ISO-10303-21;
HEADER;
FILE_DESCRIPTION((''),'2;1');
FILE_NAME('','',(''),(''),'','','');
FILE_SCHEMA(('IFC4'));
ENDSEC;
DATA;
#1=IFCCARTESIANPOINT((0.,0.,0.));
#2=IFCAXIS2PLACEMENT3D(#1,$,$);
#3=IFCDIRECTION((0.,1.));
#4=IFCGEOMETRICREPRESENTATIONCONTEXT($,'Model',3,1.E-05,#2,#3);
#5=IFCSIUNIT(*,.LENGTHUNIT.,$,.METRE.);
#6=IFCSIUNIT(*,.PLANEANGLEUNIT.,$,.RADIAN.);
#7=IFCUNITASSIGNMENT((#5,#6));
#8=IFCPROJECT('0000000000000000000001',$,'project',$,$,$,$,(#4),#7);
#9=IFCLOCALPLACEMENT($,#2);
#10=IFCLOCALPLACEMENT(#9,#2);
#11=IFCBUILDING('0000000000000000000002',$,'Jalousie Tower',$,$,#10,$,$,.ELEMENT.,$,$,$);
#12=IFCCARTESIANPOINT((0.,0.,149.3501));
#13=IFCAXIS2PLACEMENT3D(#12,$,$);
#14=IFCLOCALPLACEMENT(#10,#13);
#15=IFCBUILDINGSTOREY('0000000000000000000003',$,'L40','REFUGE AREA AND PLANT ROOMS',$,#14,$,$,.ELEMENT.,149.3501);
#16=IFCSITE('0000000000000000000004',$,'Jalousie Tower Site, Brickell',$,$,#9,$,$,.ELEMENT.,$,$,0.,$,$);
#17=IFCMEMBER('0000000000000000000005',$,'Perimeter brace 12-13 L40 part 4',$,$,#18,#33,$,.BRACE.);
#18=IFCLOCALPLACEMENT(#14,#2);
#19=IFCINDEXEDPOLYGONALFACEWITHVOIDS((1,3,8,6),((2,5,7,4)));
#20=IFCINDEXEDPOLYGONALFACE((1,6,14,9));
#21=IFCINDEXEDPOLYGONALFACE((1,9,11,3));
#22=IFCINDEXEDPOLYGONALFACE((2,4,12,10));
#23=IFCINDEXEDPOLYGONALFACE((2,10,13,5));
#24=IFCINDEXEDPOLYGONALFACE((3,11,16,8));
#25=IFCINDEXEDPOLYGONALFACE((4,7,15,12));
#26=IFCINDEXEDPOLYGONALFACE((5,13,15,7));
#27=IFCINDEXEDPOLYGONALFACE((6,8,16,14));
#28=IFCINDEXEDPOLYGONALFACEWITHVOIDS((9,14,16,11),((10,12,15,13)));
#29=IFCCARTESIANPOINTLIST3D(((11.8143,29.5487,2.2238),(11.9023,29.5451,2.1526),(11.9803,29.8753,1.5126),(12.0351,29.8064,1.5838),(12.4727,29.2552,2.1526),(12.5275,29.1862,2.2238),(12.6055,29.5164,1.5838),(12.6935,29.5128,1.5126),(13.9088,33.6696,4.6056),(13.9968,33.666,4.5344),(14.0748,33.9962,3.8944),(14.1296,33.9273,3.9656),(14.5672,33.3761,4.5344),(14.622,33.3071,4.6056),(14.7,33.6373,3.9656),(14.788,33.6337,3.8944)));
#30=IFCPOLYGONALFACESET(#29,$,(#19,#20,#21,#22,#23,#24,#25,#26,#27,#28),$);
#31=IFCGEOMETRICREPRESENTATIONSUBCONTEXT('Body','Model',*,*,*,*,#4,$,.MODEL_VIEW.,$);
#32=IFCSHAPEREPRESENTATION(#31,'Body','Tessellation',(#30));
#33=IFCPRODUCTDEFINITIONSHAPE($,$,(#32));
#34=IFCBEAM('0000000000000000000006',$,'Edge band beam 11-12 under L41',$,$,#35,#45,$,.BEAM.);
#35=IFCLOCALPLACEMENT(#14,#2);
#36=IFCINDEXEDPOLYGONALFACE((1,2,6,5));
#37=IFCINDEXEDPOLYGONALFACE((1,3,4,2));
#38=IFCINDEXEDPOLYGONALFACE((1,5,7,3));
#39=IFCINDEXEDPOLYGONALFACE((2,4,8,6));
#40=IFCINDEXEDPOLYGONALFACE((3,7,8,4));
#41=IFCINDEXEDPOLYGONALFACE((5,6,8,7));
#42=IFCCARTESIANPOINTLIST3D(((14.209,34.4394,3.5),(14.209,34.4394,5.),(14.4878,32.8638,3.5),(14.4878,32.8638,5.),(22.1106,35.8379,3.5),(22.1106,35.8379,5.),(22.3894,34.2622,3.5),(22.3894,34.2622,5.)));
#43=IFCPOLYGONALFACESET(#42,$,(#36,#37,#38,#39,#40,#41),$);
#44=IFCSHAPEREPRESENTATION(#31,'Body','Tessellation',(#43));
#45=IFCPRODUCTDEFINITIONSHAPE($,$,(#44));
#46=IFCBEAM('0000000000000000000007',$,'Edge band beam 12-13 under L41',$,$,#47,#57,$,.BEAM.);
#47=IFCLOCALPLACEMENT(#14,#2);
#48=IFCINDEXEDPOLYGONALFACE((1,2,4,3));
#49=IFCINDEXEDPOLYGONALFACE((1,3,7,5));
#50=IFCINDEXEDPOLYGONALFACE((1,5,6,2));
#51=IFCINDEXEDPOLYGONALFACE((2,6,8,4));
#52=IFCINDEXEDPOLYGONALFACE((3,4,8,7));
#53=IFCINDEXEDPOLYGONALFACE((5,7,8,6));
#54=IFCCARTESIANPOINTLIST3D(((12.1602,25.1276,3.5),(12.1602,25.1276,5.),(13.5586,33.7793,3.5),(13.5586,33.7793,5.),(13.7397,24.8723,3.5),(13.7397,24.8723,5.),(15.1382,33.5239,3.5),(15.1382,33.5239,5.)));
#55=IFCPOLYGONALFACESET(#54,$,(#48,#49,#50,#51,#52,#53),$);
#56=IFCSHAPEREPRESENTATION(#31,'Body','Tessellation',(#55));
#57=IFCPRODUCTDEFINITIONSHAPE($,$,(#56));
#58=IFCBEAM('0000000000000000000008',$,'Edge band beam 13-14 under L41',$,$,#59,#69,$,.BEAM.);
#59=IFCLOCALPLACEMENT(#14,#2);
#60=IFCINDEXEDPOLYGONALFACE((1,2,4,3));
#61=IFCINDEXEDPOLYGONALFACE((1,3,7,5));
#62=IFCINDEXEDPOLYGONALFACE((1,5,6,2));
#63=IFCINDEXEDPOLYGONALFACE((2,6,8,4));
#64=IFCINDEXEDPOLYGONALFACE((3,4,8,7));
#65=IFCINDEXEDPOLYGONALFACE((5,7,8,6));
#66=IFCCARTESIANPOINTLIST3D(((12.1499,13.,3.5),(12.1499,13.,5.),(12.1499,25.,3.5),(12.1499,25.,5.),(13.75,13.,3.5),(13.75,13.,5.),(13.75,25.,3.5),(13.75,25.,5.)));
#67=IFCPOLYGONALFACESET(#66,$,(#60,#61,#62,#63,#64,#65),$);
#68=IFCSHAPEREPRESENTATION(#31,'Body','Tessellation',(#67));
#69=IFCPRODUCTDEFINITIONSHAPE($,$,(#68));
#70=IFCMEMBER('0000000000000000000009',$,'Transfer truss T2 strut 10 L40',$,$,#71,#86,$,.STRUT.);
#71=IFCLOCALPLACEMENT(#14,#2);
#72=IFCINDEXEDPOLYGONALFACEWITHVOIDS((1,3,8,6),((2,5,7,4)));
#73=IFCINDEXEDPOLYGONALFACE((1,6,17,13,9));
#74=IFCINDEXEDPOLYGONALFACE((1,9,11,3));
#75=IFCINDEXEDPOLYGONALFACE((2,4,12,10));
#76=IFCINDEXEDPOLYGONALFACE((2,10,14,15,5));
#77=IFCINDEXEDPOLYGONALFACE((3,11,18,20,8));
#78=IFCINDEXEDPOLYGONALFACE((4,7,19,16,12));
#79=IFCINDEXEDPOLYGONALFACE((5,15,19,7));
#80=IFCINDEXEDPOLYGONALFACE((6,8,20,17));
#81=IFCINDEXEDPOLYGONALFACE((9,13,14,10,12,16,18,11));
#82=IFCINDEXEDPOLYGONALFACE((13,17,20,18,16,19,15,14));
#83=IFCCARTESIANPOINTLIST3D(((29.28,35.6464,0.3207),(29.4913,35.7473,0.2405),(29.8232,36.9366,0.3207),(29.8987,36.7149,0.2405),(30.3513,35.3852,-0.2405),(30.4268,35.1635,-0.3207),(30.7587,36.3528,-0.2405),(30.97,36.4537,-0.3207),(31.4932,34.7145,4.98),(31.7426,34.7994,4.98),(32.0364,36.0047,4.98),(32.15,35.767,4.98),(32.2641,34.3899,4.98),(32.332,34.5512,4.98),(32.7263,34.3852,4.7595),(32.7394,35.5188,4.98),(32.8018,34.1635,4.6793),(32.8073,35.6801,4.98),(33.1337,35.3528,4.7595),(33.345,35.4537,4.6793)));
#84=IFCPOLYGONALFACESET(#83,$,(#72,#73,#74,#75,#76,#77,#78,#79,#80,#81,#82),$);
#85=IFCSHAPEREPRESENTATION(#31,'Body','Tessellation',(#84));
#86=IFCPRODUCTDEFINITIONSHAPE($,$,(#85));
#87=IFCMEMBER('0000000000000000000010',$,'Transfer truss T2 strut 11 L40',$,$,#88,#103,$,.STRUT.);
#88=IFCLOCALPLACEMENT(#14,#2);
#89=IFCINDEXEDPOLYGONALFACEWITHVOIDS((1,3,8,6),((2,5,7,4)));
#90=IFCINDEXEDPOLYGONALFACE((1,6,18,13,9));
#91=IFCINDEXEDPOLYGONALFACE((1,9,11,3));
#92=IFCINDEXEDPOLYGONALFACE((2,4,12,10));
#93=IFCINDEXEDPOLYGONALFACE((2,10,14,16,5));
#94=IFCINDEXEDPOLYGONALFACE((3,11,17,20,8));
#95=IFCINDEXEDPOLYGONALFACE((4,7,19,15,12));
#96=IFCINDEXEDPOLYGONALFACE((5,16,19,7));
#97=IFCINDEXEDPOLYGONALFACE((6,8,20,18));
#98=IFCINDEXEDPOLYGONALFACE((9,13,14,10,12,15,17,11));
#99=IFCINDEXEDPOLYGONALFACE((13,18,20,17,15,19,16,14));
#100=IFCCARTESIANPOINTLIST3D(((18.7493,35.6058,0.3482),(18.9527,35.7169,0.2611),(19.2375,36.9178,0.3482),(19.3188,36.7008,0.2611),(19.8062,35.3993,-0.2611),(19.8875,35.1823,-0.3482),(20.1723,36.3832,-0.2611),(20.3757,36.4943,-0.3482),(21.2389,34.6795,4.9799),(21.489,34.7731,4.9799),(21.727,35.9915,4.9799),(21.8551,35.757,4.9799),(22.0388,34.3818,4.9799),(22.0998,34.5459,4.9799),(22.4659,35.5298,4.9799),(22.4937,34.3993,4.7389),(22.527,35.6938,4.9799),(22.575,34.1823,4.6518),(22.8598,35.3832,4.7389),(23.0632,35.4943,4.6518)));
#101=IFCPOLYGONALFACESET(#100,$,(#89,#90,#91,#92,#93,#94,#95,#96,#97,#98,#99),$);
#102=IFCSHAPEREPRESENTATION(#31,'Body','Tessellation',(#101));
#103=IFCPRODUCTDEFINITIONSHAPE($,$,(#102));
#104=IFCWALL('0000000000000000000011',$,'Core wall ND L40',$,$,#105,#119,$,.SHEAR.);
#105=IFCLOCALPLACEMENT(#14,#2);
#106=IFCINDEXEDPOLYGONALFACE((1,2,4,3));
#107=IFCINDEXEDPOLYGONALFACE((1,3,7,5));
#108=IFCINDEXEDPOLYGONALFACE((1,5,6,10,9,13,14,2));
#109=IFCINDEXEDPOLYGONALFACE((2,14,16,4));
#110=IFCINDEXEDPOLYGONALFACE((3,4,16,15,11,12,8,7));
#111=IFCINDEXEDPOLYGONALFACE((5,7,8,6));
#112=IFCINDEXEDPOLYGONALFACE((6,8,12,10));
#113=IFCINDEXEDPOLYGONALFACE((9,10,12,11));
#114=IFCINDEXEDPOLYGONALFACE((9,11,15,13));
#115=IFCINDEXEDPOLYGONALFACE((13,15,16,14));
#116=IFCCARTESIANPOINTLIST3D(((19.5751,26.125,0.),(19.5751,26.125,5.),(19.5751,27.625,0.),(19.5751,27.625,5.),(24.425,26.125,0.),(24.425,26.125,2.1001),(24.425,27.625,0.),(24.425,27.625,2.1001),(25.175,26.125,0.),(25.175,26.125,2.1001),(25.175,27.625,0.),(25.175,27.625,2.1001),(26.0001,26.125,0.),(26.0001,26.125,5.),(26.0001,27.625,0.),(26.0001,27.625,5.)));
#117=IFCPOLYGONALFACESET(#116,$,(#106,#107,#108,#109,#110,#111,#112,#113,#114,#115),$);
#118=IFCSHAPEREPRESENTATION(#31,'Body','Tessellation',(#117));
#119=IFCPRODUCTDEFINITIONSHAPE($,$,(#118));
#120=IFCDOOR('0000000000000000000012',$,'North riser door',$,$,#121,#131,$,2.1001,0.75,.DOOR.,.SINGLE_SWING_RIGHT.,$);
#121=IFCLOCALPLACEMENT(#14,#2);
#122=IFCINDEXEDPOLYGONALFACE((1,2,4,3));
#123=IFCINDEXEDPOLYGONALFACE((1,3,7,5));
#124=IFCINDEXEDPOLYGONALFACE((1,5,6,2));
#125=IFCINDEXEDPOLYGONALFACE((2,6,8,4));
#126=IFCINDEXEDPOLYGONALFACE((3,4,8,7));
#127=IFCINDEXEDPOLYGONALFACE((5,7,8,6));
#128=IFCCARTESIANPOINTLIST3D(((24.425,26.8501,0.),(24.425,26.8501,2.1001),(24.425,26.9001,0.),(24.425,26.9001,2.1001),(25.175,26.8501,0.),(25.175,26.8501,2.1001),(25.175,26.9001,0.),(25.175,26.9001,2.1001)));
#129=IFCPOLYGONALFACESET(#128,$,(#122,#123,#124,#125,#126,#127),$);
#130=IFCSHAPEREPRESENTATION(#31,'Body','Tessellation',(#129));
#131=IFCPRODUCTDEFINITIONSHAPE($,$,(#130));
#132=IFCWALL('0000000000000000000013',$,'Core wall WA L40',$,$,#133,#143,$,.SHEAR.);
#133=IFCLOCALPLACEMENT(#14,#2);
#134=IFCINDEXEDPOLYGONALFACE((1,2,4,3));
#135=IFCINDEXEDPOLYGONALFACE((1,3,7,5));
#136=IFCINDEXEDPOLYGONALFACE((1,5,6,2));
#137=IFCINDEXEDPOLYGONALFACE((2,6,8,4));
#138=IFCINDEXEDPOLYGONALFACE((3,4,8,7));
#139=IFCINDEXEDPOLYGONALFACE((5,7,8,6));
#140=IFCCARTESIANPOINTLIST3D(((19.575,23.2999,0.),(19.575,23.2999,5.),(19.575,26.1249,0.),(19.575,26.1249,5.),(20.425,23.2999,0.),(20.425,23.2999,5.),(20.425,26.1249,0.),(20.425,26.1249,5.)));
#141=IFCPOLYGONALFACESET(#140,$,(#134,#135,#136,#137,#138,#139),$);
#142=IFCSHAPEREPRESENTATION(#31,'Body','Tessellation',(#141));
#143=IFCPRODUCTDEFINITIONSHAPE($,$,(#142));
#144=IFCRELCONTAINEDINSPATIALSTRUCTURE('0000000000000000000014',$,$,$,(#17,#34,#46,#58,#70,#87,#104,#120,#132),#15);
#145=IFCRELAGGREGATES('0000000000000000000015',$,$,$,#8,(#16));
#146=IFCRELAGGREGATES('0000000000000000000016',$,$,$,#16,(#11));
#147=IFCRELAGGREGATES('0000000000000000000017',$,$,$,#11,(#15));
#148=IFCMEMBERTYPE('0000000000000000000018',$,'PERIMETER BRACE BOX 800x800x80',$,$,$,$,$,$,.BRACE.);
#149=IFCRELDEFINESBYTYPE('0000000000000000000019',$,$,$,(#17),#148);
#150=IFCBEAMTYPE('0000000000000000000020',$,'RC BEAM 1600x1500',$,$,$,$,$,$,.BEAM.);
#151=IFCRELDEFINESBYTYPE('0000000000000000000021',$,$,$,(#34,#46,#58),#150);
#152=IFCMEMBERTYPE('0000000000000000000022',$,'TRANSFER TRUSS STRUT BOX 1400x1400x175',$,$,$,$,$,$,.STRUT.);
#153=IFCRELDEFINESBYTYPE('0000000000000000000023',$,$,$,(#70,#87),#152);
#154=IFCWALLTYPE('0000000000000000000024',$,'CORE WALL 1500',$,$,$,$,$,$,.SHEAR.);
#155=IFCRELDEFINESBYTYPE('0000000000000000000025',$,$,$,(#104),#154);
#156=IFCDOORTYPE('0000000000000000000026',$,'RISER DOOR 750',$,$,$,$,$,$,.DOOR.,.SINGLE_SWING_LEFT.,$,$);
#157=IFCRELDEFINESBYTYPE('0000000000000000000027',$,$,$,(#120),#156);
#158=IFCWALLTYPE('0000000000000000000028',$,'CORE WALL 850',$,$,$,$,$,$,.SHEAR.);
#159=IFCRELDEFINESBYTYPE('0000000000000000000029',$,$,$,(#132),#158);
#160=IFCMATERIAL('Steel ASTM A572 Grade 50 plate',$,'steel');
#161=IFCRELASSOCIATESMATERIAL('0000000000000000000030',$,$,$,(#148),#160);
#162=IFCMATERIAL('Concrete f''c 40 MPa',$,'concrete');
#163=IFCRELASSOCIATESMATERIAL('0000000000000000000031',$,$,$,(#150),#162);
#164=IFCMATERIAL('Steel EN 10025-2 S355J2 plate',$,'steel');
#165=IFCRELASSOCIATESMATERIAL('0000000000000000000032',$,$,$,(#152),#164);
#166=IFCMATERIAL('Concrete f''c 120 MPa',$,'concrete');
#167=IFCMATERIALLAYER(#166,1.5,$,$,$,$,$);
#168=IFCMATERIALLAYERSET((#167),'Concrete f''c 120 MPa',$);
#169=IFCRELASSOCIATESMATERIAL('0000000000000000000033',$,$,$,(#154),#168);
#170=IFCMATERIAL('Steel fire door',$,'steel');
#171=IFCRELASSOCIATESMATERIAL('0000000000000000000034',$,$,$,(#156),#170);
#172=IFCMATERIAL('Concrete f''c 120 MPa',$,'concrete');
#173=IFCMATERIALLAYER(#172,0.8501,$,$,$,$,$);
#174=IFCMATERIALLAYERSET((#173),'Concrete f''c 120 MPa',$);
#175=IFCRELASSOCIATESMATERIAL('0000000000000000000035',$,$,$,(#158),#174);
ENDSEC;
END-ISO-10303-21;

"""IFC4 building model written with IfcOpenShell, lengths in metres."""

from ifc_helpers import new_model, si_unit, direction, frame, frame_2d, origin, origin_2d, place, context, subcontext, project, spatial, rectangle, hollow_rectangle, extrude, clip, halfspace, material, layer, layer_set, material_profile, profile_set, type_object, element, fill, save


model = new_model("IFC4")

# Units and contexts
model_context = context("Model", 3, precision=1e-05, world=origin(), true_north=direction((0.0, 1.0)))
body_context = subcontext(model_context, "Body", "Model", "MODEL_VIEW")
ifc_project = project(units=[si_unit("LENGTHUNIT", "METRE"), si_unit("PLANEANGLEUNIT", "RADIAN")], contexts=[model_context])

# Site, building, storey
site_placement = place(None, origin())
site = spatial("IfcSite", under=ifc_project, at=site_placement, Name="Jalousie Tower Site, Brickell", CompositionType="ELEMENT", RefElevation=0.0)
building_placement = place(site_placement, origin())
building = spatial("IfcBuilding", under=site, at=building_placement, Name="Jalousie Tower", CompositionType="ELEMENT")
storey_placement = place(building_placement, frame((0.0, 0.0, 149.3501)))
storey = spatial("IfcBuildingStorey", under=building, at=storey_placement, Name="L40", Description="REFUGE AREA AND PLANT ROOMS", CompositionType="ELEMENT", Elevation=149.3501)

# Member
ifc_material_1 = material(Name="Steel ASTM A572 Grade 50 plate", Category="steel")
ifc_material_profile_1 = material_profile(ifc_material_1, hollow_rectangle(XDim=0.8, YDim=0.8, WallThickness=0.0801, at=origin_2d()), Name="BOX 800x800x80")
ifc_profile_set_1 = profile_set([ifc_material_profile_1], Name="Steel ASTM A572 Grade 50 plate")
member_type_1 = type_object("IfcMemberType", Name="PERIMETER BRACE BOX 800x800x80", PredefinedType="BRACE", material=ifc_profile_set_1)
member_1_placement = place(storey_placement, frame((12.2539, 29.5308, 1.8682), z_axis=(0.402775, 0.792451, 0.458034), x_axis=(-0.891461, 0.453098, 0.0)))
element("IfcMember", 1, at=member_1_placement, inside=storey, type_object=member_type_1, Name="Perimeter brace 12-13 L40 part 4", PredefinedType="BRACE", context=body_context, shape_type="SweptSolid", body=[
    extrude(hollow_rectangle(XDim=0.8, YDim=0.8, WallThickness=0.0801, at=origin_2d()), origin(), (0.0, 0.0, 1.0), 5.2002),
])

# Beams
ifc_material_2 = material(Name="Concrete f'c 40 MPa", Category="concrete")
ifc_material_profile_2 = material_profile(ifc_material_2, rectangle(XDim=1.6001, YDim=1.5, at=origin_2d()), Name="RC 1600x1500")
ifc_profile_set_2 = profile_set([ifc_material_profile_2], Name="Concrete f'c 40 MPa")
beam_type_1 = type_object("IfcBeamType", Name="RC BEAM 1600x1500", PredefinedType="BEAM", material=ifc_profile_set_2)
beam_1_placement = place(storey_placement, frame((22.25, 35.05, 4.25), z_axis=(-0.984697, -0.174273, 0.0), x_axis=(0.174273, -0.984697, 0.0)))
element("IfcBeam", 2, at=beam_1_placement, inside=storey, type_object=beam_type_1, Name="Edge band beam 11-12 under L41", PredefinedType="BEAM", context=body_context, shape_type="SweptSolid", body=[
    extrude(rectangle(XDim=1.6001, YDim=1.5, at=origin_2d()), origin(), (0.0, 0.0, 1.0), 8.0244),
])
beam_2_placement = place(storey_placement, frame((14.3484, 33.6516, 4.25), z_axis=(-0.159568, -0.987187, 0.0), x_axis=(0.987187, -0.159568, 0.0)))
element("IfcBeam", 3, at=beam_2_placement, inside=storey, type_object=beam_type_1, Name="Edge band beam 12-13 under L41", PredefinedType="BEAM", context=body_context, shape_type="SweptSolid", body=[
    extrude(rectangle(XDim=1.6001, YDim=1.5, at=origin_2d()), origin(), (0.0, 0.0, 1.0), 8.7639),
])
beam_3_placement = place(storey_placement, frame((12.95, 25.0, 4.25), z_axis=(0.0, -1.0, 0.0), x_axis=(1.0, 0.0, 0.0)))
element("IfcBeam", 4, at=beam_3_placement, inside=storey, type_object=beam_type_1, Name="Edge band beam 13-14 under L41", PredefinedType="BEAM", context=body_context, shape_type="SweptSolid", body=[
    extrude(rectangle(XDim=1.6001, YDim=1.5, at=origin_2d()), origin(), (0.0, 0.0, 1.0), 12.0),
])

# Members
ifc_material_3 = material(Name="Steel EN 10025-2 S355J2 plate", Category="steel")
ifc_material_profile_3 = material_profile(ifc_material_3, hollow_rectangle(XDim=1.3999, YDim=1.3999, WallThickness=0.175, at=origin_2d()), Name="BOX 1400x1400x175")
ifc_profile_set_3 = profile_set([ifc_material_profile_3], Name="Steel EN 10025-2 S355J2 plate")
member_type_2 = type_object("IfcMemberType", Name="TRANSFER TRUSS STRUT BOX 1400x1400x175", PredefinedType="STRUT", material=ifc_profile_set_3)
member_2_placement = place(storey_placement, frame((30.125, 36.05, 0.0), z_axis=(0.422222, -0.177778, 0.888889), x_axis=(0.388057, 0.921635, 0.0)))
element("IfcMember", 5, at=member_2_placement, inside=storey, type_object=member_type_2, Name="Transfer truss T2 strut 10 L40", PredefinedType="STRUT", context=body_context, shape_type="Clipping", body=[
    clip(extrude(hollow_rectangle(XDim=1.3999, YDim=1.3999, WallThickness=0.175, at=origin_2d()), origin(), (0.0, 0.0, 1.0), 5.625), halfspace(frame((0.0, 0.0, 5.6025), z_axis=(0.0, 0.458123, 0.888889)), False)),
])
member_3_placement = place(storey_placement, frame((19.5625, 36.05, 0.0), z_axis=(0.466263, -0.173493, 0.867467), x_axis=(0.348734, 0.937222, 0.0)))
element("IfcMember", 6, at=member_3_placement, inside=storey, type_object=member_type_2, Name="Transfer truss T2 strut 11 L40", PredefinedType="STRUT", context=body_context, shape_type="Clipping", body=[
    clip(extrude(hollow_rectangle(XDim=1.3999, YDim=1.3999, WallThickness=0.175, at=origin_2d()), origin(), (0.0, 0.0, 1.0), 5.7639), halfspace(frame((0.0, 0.0, 5.7407), z_axis=(0.0, 0.497495, 0.867467)), False)),
])

# Wall, opening, door
ifc_material_4 = material(Name="Concrete f'c 120 MPa", Category="concrete")
ifc_layer_1 = layer(ifc_material_4, 1.5)
ifc_layer_set_1 = layer_set([ifc_layer_1], Name="Concrete f'c 120 MPa")
wall_type_1 = type_object("IfcWallType", Name="CORE WALL 1500", PredefinedType="SHEAR", material=ifc_layer_set_1)
wall_1_placement = place(storey_placement, frame((26.0, 26.875, 0.0), z_axis=(0.0, 0.0, 1.0), x_axis=(-1.0, 0.0, 0.0)))
wall_1 = element("IfcWall", 7, at=wall_1_placement, inside=storey, type_object=wall_type_1, Name="Core wall ND L40", PredefinedType="SHEAR", context=body_context, shape_type="SweptSolid", body=[
    extrude(rectangle(XDim=6.425, YDim=1.5, at=frame_2d((3.2124, 0.0))), origin(), (0.0, 0.0, 1.0), 5.0),
])
opening_1_placement = place(wall_1_placement, frame((0.825, 0.0, 0.0)))
opening_1 = element("IfcOpeningElement", 8, at=opening_1_placement, cuts=wall_1, PredefinedType="OPENING", context=body_context, shape_type="SweptSolid", body=[
    extrude(rectangle(XDim=0.75, YDim=2.1001, at=frame_2d((0.375, 1.05))), frame((0.0, 0.76, 0.0), z_axis=(0.0, -1.0, 0.0), x_axis=(1.0, 0.0, 0.0)), (0.0, 0.0, 1.0), 1.52),
])
ifc_material_5 = material(Name="Steel fire door", Category="steel")
door_type_1 = type_object("IfcDoorType", Name="RISER DOOR 750", OperationType="SINGLE_SWING_LEFT", PredefinedType="DOOR", material=ifc_material_5)
door_1_placement = place(opening_1_placement, origin())
door_1 = element("IfcDoor", 9, at=door_1_placement, inside=storey, type_object=door_type_1, Name="North riser door", OperationType="SINGLE_SWING_RIGHT", OverallHeight=2.1001, OverallWidth=0.75, PredefinedType="DOOR", context=body_context, shape_type="SweptSolid", body=[
    extrude(rectangle(XDim=0.75, YDim=2.1001, at=frame_2d((0.375, 1.05))), frame((0.0, 0.0249, 0.0), z_axis=(0.0, -1.0, 0.0), x_axis=(1.0, 0.0, 0.0)), (0.0, 0.0, 1.0), 0.05),
])
fill(opening_1, door_1)

# Wall
ifc_material_6 = material(Name="Concrete f'c 120 MPa", Category="concrete")
ifc_layer_2 = layer(ifc_material_6, 0.8501)
ifc_layer_set_2 = layer_set([ifc_layer_2], Name="Concrete f'c 120 MPa")
wall_type_2 = type_object("IfcWallType", Name="CORE WALL 850", PredefinedType="SHEAR", material=ifc_layer_set_2)
wall_2_placement = place(storey_placement, frame((20.0, 26.125, 0.0), z_axis=(0.0, 0.0, 1.0), x_axis=(0.0, -1.0, 0.0)))
element("IfcWall", 10, at=wall_2_placement, inside=storey, type_object=wall_type_2, Name="Core wall WA L40", PredefinedType="SHEAR", context=body_context, shape_type="SweptSolid", body=[
    extrude(rectangle(XDim=2.825, YDim=0.8501, at=frame_2d((1.4126, 0.0))), origin(), (0.0, 0.0, 1.0), 5.0),
])

save(model, "model.ifc")
